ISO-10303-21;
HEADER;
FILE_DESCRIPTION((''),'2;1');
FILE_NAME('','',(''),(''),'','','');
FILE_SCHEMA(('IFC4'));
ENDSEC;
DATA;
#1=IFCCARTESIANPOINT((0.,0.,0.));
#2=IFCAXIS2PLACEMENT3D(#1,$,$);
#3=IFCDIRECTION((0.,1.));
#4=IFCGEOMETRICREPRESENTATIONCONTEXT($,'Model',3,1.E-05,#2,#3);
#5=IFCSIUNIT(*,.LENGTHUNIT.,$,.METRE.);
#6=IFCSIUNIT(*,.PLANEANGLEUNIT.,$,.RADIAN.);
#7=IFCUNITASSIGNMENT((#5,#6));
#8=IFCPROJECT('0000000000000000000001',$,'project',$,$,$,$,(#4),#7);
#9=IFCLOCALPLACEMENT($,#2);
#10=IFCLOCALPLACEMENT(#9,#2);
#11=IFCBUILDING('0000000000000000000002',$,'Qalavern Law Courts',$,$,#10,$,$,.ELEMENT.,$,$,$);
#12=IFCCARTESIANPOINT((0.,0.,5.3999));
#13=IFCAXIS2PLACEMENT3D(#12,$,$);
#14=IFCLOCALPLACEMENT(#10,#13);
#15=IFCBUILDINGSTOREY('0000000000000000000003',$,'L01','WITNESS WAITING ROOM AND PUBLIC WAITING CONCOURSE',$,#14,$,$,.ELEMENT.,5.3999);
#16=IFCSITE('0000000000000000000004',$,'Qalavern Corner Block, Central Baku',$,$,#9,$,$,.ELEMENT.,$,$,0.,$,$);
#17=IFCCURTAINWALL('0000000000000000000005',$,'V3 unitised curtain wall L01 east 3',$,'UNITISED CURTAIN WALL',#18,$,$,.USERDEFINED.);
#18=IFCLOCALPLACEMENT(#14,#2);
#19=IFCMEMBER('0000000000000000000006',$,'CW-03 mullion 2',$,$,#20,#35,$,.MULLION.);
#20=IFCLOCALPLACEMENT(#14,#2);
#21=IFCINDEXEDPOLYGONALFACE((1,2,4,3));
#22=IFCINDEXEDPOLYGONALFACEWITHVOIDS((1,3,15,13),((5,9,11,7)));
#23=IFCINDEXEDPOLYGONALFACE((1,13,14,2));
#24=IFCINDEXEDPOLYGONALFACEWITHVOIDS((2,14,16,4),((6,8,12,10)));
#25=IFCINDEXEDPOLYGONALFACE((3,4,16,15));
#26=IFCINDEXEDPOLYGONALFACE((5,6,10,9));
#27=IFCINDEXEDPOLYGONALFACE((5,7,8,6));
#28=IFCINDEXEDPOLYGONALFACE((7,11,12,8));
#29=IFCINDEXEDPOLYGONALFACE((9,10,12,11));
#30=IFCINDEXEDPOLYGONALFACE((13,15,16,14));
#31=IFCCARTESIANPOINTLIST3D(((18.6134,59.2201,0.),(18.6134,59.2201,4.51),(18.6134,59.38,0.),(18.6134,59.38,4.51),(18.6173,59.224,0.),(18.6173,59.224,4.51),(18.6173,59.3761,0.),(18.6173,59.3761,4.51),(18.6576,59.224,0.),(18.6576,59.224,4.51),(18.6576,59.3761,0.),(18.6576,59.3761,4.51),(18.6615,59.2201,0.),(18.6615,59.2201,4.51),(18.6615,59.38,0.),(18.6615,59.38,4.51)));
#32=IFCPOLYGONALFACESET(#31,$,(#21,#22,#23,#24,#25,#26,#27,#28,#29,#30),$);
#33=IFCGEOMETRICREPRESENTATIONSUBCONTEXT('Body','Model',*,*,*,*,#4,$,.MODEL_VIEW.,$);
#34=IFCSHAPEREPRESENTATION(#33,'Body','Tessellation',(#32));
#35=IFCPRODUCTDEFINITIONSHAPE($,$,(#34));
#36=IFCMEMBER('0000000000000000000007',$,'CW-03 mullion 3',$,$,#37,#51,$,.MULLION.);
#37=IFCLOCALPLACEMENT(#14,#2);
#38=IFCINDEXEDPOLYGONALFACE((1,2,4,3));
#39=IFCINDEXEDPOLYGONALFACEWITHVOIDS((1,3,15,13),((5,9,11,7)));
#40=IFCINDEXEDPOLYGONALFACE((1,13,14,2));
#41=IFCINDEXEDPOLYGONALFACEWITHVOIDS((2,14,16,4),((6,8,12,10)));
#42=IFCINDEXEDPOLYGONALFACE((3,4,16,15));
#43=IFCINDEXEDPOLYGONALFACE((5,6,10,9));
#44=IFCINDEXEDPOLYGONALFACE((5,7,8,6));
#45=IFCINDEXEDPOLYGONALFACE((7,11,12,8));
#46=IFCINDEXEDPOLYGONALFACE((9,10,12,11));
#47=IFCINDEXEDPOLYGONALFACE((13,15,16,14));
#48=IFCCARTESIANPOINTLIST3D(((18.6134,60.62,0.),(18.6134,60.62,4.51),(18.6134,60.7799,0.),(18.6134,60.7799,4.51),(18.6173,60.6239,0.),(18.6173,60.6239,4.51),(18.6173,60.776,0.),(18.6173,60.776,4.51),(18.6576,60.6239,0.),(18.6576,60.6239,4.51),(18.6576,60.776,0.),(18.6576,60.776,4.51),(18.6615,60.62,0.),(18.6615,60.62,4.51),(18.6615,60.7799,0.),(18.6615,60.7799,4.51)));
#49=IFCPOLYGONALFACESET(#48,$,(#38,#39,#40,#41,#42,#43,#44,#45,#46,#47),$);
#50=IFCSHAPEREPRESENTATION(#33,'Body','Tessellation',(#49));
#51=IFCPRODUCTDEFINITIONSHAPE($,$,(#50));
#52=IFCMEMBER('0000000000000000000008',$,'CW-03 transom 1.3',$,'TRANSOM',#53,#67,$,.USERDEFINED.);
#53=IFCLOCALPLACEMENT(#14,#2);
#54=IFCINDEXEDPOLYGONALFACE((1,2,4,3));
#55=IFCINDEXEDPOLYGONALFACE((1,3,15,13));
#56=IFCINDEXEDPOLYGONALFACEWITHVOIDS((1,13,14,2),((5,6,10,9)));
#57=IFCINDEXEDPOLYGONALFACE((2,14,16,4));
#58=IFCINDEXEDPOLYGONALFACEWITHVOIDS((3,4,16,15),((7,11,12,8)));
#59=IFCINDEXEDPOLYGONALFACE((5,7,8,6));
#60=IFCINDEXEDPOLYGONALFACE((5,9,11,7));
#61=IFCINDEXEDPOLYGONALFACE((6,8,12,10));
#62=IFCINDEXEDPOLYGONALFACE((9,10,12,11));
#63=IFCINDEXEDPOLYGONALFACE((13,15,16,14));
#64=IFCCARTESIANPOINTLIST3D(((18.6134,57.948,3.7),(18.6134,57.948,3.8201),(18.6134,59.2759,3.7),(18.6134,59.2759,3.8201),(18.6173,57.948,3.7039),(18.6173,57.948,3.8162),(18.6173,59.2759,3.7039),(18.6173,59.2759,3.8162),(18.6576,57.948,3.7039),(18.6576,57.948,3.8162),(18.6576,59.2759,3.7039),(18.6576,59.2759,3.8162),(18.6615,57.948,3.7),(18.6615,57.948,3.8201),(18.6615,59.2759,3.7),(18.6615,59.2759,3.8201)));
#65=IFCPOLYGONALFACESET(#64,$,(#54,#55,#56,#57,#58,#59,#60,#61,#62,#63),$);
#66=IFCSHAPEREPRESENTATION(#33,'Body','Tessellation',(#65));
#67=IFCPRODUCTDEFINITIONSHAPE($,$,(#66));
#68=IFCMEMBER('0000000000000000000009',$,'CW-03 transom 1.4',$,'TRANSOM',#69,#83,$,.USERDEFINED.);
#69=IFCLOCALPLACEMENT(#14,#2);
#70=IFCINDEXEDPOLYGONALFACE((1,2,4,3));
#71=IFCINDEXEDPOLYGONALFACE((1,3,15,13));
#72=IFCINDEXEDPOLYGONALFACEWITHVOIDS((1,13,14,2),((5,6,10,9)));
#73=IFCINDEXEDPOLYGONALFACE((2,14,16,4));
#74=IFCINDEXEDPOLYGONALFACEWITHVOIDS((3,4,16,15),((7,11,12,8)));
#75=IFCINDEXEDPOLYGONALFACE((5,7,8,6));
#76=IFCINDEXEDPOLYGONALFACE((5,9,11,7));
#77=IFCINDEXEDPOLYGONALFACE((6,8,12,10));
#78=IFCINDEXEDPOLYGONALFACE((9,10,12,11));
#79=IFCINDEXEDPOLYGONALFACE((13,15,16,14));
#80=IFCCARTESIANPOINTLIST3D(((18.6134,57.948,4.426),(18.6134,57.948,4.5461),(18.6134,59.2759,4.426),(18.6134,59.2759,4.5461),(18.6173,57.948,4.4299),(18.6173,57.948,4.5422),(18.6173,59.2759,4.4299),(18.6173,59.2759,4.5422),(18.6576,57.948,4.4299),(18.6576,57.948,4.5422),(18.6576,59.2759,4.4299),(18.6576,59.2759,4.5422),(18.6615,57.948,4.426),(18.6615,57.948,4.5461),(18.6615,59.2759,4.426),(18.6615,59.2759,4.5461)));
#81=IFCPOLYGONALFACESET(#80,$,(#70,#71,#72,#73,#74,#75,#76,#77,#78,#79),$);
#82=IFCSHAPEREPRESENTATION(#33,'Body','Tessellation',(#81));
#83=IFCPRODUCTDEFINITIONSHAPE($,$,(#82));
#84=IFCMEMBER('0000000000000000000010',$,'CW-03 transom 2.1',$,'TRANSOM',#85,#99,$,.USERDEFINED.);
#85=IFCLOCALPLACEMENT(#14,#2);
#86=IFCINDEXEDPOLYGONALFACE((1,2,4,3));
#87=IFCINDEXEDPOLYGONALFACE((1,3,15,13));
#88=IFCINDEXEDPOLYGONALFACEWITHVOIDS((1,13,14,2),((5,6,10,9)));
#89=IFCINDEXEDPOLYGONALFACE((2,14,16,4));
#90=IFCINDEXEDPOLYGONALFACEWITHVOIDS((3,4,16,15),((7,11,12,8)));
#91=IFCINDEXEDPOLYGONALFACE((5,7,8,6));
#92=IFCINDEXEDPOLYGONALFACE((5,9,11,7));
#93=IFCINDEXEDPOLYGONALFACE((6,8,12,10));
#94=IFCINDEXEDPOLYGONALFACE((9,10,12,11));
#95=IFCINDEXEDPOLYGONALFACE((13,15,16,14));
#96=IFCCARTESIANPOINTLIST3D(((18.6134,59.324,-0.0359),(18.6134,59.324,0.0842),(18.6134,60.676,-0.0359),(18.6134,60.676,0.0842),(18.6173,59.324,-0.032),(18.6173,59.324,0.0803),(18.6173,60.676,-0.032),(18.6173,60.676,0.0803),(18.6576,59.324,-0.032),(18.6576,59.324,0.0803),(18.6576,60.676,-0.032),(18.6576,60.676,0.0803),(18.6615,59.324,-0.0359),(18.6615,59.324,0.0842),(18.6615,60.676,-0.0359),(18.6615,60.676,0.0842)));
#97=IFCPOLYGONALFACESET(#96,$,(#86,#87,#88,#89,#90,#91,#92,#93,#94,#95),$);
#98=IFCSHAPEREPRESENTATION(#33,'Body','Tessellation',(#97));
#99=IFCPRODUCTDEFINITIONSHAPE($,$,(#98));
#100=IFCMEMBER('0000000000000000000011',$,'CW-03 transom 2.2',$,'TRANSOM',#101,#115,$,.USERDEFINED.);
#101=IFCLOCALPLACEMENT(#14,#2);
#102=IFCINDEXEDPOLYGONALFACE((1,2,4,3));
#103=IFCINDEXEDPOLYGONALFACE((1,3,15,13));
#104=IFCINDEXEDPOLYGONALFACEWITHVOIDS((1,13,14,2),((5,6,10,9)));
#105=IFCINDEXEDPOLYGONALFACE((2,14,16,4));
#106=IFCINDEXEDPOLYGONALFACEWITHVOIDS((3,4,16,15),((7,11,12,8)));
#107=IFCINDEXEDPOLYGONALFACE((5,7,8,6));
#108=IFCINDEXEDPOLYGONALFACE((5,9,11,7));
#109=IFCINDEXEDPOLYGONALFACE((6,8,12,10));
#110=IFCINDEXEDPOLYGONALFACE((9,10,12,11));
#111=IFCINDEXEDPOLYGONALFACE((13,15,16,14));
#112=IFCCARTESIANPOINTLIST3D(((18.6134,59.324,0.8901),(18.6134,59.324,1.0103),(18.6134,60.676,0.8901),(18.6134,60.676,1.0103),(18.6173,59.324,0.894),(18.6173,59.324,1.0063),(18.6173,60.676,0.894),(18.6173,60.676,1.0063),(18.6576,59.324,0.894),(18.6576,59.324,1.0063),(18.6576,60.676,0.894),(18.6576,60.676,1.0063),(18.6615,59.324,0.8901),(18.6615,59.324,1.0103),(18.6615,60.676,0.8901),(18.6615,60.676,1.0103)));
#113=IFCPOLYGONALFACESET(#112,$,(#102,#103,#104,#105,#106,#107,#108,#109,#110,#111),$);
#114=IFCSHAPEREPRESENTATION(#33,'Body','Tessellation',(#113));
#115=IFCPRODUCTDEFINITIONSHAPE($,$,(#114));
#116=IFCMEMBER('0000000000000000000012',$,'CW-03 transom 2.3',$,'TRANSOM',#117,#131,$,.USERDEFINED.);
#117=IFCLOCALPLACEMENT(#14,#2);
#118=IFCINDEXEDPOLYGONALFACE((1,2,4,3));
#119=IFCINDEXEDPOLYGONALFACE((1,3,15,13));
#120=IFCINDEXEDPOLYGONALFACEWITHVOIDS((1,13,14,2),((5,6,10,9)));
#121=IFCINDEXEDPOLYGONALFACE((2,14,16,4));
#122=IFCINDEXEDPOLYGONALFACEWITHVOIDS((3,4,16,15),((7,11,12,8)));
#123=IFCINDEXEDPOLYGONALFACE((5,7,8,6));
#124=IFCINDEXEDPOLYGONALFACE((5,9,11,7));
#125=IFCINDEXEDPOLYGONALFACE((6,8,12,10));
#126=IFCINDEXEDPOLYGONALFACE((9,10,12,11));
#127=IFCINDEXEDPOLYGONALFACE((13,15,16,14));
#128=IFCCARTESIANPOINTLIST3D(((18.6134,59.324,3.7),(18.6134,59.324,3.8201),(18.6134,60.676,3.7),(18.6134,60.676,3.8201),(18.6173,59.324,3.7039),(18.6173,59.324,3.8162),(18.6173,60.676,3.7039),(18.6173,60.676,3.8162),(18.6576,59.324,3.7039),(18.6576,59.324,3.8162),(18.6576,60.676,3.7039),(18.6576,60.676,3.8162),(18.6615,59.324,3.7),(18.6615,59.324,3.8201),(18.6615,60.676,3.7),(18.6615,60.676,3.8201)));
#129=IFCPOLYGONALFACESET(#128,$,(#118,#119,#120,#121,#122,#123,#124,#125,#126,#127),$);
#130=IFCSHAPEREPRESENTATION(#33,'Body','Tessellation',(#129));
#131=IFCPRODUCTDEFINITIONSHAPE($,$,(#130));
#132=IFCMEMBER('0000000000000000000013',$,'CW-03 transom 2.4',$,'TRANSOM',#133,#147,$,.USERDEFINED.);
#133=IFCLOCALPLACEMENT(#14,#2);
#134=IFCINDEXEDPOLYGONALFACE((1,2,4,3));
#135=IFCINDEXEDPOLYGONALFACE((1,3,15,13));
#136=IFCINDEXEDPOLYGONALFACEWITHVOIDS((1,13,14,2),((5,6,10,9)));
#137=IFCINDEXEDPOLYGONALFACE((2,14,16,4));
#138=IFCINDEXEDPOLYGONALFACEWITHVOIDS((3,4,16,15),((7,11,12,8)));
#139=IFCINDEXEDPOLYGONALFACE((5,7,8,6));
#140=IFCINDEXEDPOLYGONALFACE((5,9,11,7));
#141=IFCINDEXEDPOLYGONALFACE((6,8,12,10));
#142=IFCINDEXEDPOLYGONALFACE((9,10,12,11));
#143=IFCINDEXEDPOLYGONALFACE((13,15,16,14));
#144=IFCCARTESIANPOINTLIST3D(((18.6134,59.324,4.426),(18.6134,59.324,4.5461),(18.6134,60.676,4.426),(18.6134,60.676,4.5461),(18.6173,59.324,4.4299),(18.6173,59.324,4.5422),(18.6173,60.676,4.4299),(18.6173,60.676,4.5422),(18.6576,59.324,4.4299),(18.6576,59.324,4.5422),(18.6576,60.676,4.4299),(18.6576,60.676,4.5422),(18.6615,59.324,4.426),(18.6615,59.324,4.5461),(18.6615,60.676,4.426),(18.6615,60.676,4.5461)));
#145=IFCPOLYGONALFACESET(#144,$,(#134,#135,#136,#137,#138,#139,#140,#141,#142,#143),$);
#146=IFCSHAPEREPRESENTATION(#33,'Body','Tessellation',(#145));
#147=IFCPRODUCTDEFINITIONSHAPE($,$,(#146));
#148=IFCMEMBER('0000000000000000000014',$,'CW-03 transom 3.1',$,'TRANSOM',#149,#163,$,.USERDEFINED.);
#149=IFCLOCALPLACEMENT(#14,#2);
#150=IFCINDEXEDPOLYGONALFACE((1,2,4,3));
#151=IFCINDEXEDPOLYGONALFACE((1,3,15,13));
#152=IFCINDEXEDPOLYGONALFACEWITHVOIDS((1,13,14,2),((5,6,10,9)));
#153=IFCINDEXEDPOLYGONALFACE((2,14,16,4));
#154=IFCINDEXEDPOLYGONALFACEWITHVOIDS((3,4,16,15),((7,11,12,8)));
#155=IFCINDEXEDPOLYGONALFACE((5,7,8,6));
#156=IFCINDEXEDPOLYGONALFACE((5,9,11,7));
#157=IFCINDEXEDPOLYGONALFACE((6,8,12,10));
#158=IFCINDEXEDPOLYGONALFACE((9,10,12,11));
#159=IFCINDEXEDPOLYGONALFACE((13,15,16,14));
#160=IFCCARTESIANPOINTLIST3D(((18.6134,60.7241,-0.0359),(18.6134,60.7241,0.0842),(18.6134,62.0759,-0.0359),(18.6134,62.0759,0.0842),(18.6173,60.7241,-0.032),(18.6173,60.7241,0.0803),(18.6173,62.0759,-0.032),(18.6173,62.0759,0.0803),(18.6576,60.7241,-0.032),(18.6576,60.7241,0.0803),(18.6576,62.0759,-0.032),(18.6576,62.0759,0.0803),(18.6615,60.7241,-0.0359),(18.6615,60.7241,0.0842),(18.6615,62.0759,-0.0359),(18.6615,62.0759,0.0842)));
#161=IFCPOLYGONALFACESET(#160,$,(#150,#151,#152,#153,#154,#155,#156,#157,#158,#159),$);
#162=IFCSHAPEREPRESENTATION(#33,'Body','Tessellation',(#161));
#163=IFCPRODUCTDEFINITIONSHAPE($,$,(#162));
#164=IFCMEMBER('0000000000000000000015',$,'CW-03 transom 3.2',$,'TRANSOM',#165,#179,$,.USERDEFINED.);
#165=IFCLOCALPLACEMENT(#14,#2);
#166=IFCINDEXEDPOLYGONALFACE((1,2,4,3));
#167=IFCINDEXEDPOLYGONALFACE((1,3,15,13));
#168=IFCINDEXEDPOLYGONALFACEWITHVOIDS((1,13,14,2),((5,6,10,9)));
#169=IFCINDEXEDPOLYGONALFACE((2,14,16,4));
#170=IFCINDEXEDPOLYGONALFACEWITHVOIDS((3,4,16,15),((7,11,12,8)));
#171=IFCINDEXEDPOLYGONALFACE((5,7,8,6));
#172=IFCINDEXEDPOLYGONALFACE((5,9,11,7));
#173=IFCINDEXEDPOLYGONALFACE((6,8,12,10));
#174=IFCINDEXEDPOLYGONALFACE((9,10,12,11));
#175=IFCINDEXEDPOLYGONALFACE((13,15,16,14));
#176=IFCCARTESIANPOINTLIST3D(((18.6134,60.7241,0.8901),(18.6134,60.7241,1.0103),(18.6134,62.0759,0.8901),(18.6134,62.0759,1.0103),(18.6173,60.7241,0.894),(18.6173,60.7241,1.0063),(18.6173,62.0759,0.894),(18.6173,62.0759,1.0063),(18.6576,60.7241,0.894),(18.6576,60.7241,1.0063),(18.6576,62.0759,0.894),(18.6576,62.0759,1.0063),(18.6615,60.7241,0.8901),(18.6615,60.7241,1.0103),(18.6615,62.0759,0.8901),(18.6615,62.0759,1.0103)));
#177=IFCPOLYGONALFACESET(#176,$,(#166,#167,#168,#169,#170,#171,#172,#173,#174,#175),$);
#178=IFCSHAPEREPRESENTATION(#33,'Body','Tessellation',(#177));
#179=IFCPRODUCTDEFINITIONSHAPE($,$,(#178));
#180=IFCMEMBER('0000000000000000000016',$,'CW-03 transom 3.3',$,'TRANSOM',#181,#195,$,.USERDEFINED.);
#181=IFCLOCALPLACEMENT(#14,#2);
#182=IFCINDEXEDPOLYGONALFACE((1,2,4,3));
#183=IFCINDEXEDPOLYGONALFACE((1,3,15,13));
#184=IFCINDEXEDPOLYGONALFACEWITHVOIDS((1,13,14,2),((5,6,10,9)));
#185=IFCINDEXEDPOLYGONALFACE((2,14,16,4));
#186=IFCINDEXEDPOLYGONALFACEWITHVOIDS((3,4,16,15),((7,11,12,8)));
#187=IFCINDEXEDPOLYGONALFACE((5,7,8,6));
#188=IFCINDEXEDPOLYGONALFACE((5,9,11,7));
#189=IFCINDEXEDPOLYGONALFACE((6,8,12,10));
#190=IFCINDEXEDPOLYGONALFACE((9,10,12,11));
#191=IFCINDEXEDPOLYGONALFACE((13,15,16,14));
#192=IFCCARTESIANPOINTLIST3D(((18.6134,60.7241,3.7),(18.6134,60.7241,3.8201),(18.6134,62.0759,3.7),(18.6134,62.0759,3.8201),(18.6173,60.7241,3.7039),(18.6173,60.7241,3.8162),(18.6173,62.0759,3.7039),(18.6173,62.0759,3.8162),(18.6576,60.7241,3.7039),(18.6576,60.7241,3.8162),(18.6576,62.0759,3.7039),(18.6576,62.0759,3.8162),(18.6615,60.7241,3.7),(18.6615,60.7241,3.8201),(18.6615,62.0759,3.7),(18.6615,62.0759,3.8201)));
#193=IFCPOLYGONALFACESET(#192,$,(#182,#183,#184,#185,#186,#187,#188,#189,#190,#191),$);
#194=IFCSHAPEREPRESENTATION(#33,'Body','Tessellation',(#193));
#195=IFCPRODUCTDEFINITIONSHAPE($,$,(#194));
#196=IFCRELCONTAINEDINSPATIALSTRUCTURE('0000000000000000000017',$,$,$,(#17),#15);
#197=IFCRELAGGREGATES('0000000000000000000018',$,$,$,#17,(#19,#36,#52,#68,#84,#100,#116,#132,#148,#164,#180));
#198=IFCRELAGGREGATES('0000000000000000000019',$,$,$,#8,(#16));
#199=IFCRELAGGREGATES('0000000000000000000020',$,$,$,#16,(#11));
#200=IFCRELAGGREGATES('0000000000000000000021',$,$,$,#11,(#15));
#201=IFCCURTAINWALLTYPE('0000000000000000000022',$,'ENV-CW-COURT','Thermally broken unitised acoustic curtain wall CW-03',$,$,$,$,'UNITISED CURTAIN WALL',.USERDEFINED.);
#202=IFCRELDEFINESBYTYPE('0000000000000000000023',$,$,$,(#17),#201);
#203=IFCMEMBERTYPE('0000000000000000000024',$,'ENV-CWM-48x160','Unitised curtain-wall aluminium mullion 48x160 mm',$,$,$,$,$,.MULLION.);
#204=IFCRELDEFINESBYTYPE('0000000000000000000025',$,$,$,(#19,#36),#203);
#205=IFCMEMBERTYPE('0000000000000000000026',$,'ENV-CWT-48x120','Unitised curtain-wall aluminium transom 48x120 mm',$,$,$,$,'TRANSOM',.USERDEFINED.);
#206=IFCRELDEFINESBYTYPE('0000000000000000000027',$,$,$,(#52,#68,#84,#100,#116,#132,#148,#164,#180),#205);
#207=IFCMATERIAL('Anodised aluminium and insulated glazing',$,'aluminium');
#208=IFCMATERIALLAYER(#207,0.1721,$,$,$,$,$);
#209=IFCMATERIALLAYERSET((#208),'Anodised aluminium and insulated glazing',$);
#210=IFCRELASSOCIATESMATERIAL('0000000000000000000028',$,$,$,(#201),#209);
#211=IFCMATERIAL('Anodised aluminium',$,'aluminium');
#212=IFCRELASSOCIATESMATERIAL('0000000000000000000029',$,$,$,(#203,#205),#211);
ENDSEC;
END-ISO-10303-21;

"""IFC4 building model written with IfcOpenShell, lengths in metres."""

from ifc_helpers import new_model, si_unit, direction, frame, origin, origin_2d, place, context, subcontext, project, spatial, hollow_rectangle, extrude, material, layer, layer_set, material_profile, profile_set, type_object, element, aggregate, save


model = new_model("IFC4")

# Units and contexts
model_context = context("Model", 3, precision=1e-05, world=origin(), true_north=direction((0.0, 1.0)))
body_context = subcontext(model_context, "Body", "Model", "MODEL_VIEW")
ifc_project = project(units=[si_unit("LENGTHUNIT", "METRE"), si_unit("PLANEANGLEUNIT", "RADIAN")], contexts=[model_context])

# Site, building, storey
site_placement = place(None, origin())
site = spatial("IfcSite", under=ifc_project, at=site_placement, Name="Qalavern Corner Block, Central Baku", CompositionType="ELEMENT", RefElevation=0.0)
building_placement = place(site_placement, origin())
building = spatial("IfcBuilding", under=site, at=building_placement, Name="Qalavern Law Courts", CompositionType="ELEMENT")
storey_placement = place(building_placement, frame((0.0, 0.0, 5.3999)))
storey = spatial("IfcBuildingStorey", under=building, at=storey_placement, Name="L01", Description="WITNESS WAITING ROOM AND PUBLIC WAITING CONCOURSE", CompositionType="ELEMENT", Elevation=5.3999)

# Curtain wall, members
ifc_material_1 = material(Name="Anodised aluminium and insulated glazing", Category="aluminium")
ifc_layer_1 = layer(ifc_material_1, 0.1721)
ifc_layer_set_1 = layer_set([ifc_layer_1], Name="Anodised aluminium and insulated glazing")
curtain_wall_type = type_object("IfcCurtainWallType", Name="ENV-CW-COURT", Description="Thermally broken unitised acoustic curtain wall CW-03", ElementType="UNITISED CURTAIN WALL", PredefinedType="USERDEFINED", material=ifc_layer_set_1)
curtain_wall_placement = place(storey_placement, origin())
curtain_wall = element("IfcCurtainWall", 1, at=curtain_wall_placement, inside=storey, type_object=curtain_wall_type, Name="V3 unitised curtain wall L01 east 3", ObjectType="UNITISED CURTAIN WALL", PredefinedType="USERDEFINED")
ifc_material_2 = material(Name="Anodised aluminium", Category="aluminium")
ifc_material_profile_1 = material_profile(ifc_material_2, hollow_rectangle(XDim=0.0481, YDim=0.1599, WallThickness=0.0039, at=origin_2d()), Name="ALU MULLION 48x160")
ifc_profile_set_1 = profile_set([ifc_material_profile_1], Name="Anodised aluminium")
member_type_1 = type_object("IfcMemberType", Name="ENV-CWM-48x160", Description="Unitised curtain-wall aluminium mullion 48x160 mm", PredefinedType="MULLION", material=ifc_profile_set_1)
member_1_placement = place(storey_placement, frame((18.6375, 59.3, 0.0), z_axis=(0.0, 0.0, 1.0), x_axis=(-1.0, 0.0, 0.0)))
member_1 = element("IfcMember", 2, at=member_1_placement, type_object=member_type_1, Name="CW-03 mullion 2", PredefinedType="MULLION", context=body_context, shape_type="SweptSolid", body=[
    extrude(hollow_rectangle(XDim=0.0481, YDim=0.1599, WallThickness=0.0039, at=origin_2d()), origin(), (0.0, 0.0, 1.0), 4.51),
])
member_2_placement = place(storey_placement, frame((18.6375, 60.7, 0.0), z_axis=(0.0, 0.0, 1.0), x_axis=(-1.0, 0.0, 0.0)))
member_2 = element("IfcMember", 3, at=member_2_placement, type_object=member_type_1, Name="CW-03 mullion 3", PredefinedType="MULLION", context=body_context, shape_type="SweptSolid", body=[
    extrude(hollow_rectangle(XDim=0.0481, YDim=0.1599, WallThickness=0.0039, at=origin_2d()), origin(), (0.0, 0.0, 1.0), 4.51),
])
ifc_material_profile_2 = material_profile(ifc_material_2, hollow_rectangle(XDim=0.0481, YDim=0.1201, WallThickness=0.0039, at=origin_2d()), Name="ALU TRANSOM 48x120")
ifc_profile_set_2 = profile_set([ifc_material_profile_2], Name="Anodised aluminium")
member_type_2 = type_object("IfcMemberType", Name="ENV-CWT-48x120", Description="Unitised curtain-wall aluminium transom 48x120 mm", ElementType="TRANSOM", PredefinedType="USERDEFINED", material=ifc_profile_set_2)
member_3_placement = place(storey_placement, frame((18.6375, 57.948, 3.76), z_axis=(0.0, 1.0, 0.0), x_axis=(-1.0, 0.0, 0.0)))
member_3 = element("IfcMember", 4, at=member_3_placement, type_object=member_type_2, Name="CW-03 transom 1.3", ObjectType="TRANSOM", PredefinedType="USERDEFINED", context=body_context, shape_type="SweptSolid", body=[
    extrude(hollow_rectangle(XDim=0.0481, YDim=0.1201, WallThickness=0.0039, at=origin_2d()), origin(), (0.0, 0.0, 1.0), 1.3279),
])
member_4_placement = place(storey_placement, frame((18.6375, 57.948, 4.4861), z_axis=(0.0, 1.0, 0.0), x_axis=(-1.0, 0.0, 0.0)))
member_4 = element("IfcMember", 5, at=member_4_placement, type_object=member_type_2, Name="CW-03 transom 1.4", ObjectType="TRANSOM", PredefinedType="USERDEFINED", context=body_context, shape_type="SweptSolid", body=[
    extrude(hollow_rectangle(XDim=0.0481, YDim=0.1201, WallThickness=0.0039, at=origin_2d()), origin(), (0.0, 0.0, 1.0), 1.3279),
])
member_5_placement = place(storey_placement, frame((18.6375, 59.324, 0.0242), z_axis=(0.0, 1.0, 0.0), x_axis=(-1.0, 0.0, 0.0)))
member_5 = element("IfcMember", 6, at=member_5_placement, type_object=member_type_2, Name="CW-03 transom 2.1", ObjectType="TRANSOM", PredefinedType="USERDEFINED", context=body_context, shape_type="SweptSolid", body=[
    extrude(hollow_rectangle(XDim=0.0481, YDim=0.1201, WallThickness=0.0039, at=origin_2d()), origin(), (0.0, 0.0, 1.0), 1.3521),
])
member_6_placement = place(storey_placement, frame((18.6375, 59.324, 0.9502), z_axis=(0.0, 1.0, 0.0), x_axis=(-1.0, 0.0, 0.0)))
member_6 = element("IfcMember", 7, at=member_6_placement, type_object=member_type_2, Name="CW-03 transom 2.2", ObjectType="TRANSOM", PredefinedType="USERDEFINED", context=body_context, shape_type="SweptSolid", body=[
    extrude(hollow_rectangle(XDim=0.0481, YDim=0.1201, WallThickness=0.0039, at=origin_2d()), origin(), (0.0, 0.0, 1.0), 1.3521),
])
member_7_placement = place(storey_placement, frame((18.6375, 59.324, 3.76), z_axis=(0.0, 1.0, 0.0), x_axis=(-1.0, 0.0, 0.0)))
member_7 = element("IfcMember", 8, at=member_7_placement, type_object=member_type_2, Name="CW-03 transom 2.3", ObjectType="TRANSOM", PredefinedType="USERDEFINED", context=body_context, shape_type="SweptSolid", body=[
    extrude(hollow_rectangle(XDim=0.0481, YDim=0.1201, WallThickness=0.0039, at=origin_2d()), origin(), (0.0, 0.0, 1.0), 1.3521),
])
member_8_placement = place(storey_placement, frame((18.6375, 59.324, 4.4861), z_axis=(0.0, 1.0, 0.0), x_axis=(-1.0, 0.0, 0.0)))
member_8 = element("IfcMember", 9, at=member_8_placement, type_object=member_type_2, Name="CW-03 transom 2.4", ObjectType="TRANSOM", PredefinedType="USERDEFINED", context=body_context, shape_type="SweptSolid", body=[
    extrude(hollow_rectangle(XDim=0.0481, YDim=0.1201, WallThickness=0.0039, at=origin_2d()), origin(), (0.0, 0.0, 1.0), 1.3521),
])
member_9_placement = place(storey_placement, frame((18.6375, 60.7241, 0.0242), z_axis=(0.0, 1.0, 0.0), x_axis=(-1.0, 0.0, 0.0)))
member_9 = element("IfcMember", 10, at=member_9_placement, type_object=member_type_2, Name="CW-03 transom 3.1", ObjectType="TRANSOM", PredefinedType="USERDEFINED", context=body_context, shape_type="SweptSolid", body=[
    extrude(hollow_rectangle(XDim=0.0481, YDim=0.1201, WallThickness=0.0039, at=origin_2d()), origin(), (0.0, 0.0, 1.0), 1.3518),
])
member_10_placement = place(storey_placement, frame((18.6375, 60.7241, 0.9502), z_axis=(0.0, 1.0, 0.0), x_axis=(-1.0, 0.0, 0.0)))
member_10 = element("IfcMember", 11, at=member_10_placement, type_object=member_type_2, Name="CW-03 transom 3.2", ObjectType="TRANSOM", PredefinedType="USERDEFINED", context=body_context, shape_type="SweptSolid", body=[
    extrude(hollow_rectangle(XDim=0.0481, YDim=0.1201, WallThickness=0.0039, at=origin_2d()), origin(), (0.0, 0.0, 1.0), 1.3518),
])
member_11_placement = place(storey_placement, frame((18.6375, 60.7241, 3.76), z_axis=(0.0, 1.0, 0.0), x_axis=(-1.0, 0.0, 0.0)))
member_11 = element("IfcMember", 12, at=member_11_placement, type_object=member_type_2, Name="CW-03 transom 3.3", ObjectType="TRANSOM", PredefinedType="USERDEFINED", context=body_context, shape_type="SweptSolid", body=[
    extrude(hollow_rectangle(XDim=0.0481, YDim=0.1201, WallThickness=0.0039, at=origin_2d()), origin(), (0.0, 0.0, 1.0), 1.3518),
])
aggregate(curtain_wall, [member_1, member_2, member_3, member_4, member_5, member_6, member_7, member_8, member_9, member_10, member_11])

save(model, "model.ifc")
